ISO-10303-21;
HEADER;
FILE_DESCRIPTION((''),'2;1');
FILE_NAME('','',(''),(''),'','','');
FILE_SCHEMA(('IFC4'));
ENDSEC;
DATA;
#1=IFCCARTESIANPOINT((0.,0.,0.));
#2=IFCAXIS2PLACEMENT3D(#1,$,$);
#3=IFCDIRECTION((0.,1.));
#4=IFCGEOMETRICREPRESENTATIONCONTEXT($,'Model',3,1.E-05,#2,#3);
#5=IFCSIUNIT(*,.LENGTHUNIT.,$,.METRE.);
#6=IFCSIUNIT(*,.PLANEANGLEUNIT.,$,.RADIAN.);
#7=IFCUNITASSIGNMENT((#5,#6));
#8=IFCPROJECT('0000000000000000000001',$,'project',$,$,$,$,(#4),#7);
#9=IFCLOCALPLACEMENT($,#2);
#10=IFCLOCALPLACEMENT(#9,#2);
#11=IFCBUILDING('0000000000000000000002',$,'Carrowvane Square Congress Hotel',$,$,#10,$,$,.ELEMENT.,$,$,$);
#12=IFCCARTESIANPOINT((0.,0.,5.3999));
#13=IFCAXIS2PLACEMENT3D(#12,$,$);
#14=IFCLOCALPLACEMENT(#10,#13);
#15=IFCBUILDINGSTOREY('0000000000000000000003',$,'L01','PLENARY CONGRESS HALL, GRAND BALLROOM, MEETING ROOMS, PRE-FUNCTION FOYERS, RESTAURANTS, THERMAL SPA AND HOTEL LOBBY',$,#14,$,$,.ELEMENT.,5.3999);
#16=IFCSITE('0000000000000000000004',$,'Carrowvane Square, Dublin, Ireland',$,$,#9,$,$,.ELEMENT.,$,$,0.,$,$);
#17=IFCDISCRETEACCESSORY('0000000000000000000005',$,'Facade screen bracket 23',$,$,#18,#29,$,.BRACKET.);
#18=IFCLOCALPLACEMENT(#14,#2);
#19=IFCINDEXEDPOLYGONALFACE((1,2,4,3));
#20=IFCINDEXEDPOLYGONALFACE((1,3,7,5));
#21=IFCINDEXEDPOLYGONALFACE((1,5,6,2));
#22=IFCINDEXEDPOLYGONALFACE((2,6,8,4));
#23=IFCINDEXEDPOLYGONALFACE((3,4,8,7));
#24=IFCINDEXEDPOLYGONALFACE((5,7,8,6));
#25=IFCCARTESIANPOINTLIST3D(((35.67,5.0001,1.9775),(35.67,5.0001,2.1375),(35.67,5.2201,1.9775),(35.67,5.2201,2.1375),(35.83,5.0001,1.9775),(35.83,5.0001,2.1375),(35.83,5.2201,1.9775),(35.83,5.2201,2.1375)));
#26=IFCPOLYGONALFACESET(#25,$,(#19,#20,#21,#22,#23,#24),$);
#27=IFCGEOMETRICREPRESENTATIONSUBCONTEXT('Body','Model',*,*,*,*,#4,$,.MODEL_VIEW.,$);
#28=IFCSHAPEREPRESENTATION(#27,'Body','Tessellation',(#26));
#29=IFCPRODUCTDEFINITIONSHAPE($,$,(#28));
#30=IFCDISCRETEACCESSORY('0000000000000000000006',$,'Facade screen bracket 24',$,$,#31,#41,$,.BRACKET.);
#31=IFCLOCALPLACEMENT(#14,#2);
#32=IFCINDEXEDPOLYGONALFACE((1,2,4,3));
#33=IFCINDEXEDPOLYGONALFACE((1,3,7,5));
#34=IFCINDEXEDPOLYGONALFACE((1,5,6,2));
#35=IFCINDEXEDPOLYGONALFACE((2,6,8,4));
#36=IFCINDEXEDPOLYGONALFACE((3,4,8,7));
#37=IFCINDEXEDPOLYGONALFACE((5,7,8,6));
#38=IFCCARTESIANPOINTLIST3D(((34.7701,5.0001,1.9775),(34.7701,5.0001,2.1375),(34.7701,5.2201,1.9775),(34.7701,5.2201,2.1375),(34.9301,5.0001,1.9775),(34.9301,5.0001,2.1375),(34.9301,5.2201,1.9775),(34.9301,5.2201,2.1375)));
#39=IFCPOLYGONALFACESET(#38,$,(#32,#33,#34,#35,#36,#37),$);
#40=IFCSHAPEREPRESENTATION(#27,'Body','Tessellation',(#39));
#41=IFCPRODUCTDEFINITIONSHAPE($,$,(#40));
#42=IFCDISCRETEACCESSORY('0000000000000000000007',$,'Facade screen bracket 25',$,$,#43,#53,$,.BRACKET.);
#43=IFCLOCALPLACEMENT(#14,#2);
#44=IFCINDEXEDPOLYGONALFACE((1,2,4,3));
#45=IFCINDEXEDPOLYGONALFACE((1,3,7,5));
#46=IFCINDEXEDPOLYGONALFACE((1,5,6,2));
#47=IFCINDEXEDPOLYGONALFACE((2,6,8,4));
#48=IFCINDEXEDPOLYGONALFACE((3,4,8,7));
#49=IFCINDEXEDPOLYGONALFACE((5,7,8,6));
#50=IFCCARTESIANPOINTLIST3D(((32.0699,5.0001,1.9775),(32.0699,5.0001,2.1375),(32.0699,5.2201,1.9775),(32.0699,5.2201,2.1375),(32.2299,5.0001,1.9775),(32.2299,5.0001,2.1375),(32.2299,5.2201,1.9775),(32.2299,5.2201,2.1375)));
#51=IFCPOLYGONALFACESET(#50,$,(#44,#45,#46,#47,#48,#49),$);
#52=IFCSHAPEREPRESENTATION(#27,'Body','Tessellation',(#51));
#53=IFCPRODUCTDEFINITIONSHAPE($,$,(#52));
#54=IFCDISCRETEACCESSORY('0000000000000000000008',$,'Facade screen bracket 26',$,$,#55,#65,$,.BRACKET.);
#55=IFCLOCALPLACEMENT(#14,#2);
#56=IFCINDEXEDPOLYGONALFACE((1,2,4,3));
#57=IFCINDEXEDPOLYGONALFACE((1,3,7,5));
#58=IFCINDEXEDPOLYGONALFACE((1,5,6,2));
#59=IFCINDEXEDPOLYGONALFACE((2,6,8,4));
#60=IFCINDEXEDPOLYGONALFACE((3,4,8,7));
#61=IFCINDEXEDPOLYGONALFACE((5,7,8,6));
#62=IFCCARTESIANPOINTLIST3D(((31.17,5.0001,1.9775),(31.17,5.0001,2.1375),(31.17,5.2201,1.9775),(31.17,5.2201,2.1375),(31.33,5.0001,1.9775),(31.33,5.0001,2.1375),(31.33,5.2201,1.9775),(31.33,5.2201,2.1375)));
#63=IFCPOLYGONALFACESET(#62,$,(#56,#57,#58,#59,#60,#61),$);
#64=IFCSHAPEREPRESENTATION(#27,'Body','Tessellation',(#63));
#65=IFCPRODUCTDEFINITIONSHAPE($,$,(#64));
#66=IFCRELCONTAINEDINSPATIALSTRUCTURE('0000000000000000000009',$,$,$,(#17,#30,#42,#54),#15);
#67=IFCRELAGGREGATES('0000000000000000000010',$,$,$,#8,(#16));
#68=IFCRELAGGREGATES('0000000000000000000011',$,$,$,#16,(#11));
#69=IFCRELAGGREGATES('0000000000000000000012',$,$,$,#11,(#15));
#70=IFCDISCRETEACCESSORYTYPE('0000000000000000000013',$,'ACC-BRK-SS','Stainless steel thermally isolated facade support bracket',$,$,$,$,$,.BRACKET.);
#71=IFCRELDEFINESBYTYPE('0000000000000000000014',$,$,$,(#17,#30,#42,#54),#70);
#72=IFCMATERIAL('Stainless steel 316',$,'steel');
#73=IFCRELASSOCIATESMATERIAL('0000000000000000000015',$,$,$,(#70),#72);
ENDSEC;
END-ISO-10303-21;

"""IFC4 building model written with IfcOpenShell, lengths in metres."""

from ifc_helpers import new_model, si_unit, direction, frame, origin, origin_2d, place, context, subcontext, project, spatial, rectangle, extrude, material, type_object, element, save


model = new_model("IFC4")

# Units and contexts
model_context = context("Model", 3, precision=1e-05, world=origin(), true_north=direction((0.0, 1.0)))
body_context = subcontext(model_context, "Body", "Model", "MODEL_VIEW")
ifc_project = project(units=[si_unit("LENGTHUNIT", "METRE"), si_unit("PLANEANGLEUNIT", "RADIAN")], contexts=[model_context])

# Site, building, storey
site_placement = place(None, origin())
site = spatial("IfcSite", under=ifc_project, at=site_placement, Name="Carrowvane Square, Dublin, Ireland", CompositionType="ELEMENT", RefElevation=0.0)
building_placement = place(site_placement, origin())
building = spatial("IfcBuilding", under=site, at=building_placement, Name="Carrowvane Square Congress Hotel", CompositionType="ELEMENT")
storey_placement = place(building_placement, frame((0.0, 0.0, 5.3999)))
storey = spatial("IfcBuildingStorey", under=building, at=storey_placement, Name="L01", Description="PLENARY CONGRESS HALL, GRAND BALLROOM, MEETING ROOMS, PRE-FUNCTION FOYERS, RESTAURANTS, THERMAL SPA AND HOTEL LOBBY", CompositionType="ELEMENT", Elevation=5.3999)

# Discrete accessories
ifc_material_1 = material(Name="Stainless steel 316", Category="steel")
discrete_accessory_type = type_object("IfcDiscreteAccessoryType", Name="ACC-BRK-SS", Description="Stainless steel thermally isolated facade support bracket", PredefinedType="BRACKET", material=ifc_material_1)
for number, where, z_axis, x_axis, name in (
    (1, (35.75, 5.1101, 1.9775), (0.0, 0.0, 1.0), (-1.0, 0.0, 0.0), "Facade screen bracket 23"),
    (2, (34.8501, 5.1101, 1.9775), (0.0, 0.0, 1.0), (-1.0, 0.0, 0.0), "Facade screen bracket 24"),
    (3, (32.1499, 5.1101, 1.9775), (0.0, 0.0, 1.0), (-1.0, 0.0, 0.0), "Facade screen bracket 25"),
    (4, (31.25, 5.1101, 1.9775), (0.0, 0.0, 1.0), (-1.0, 0.0, 0.0), "Facade screen bracket 26"),
):
    element("IfcDiscreteAccessory", number, at=place(storey_placement, frame(where, z_axis=z_axis, x_axis=x_axis)), inside=storey, type_object=discrete_accessory_type, Name=name, PredefinedType="BRACKET", context=body_context, shape_type="SweptSolid", body=[
        extrude(rectangle(XDim=0.1599, YDim=0.22, at=origin_2d()), origin(), (0.0, 0.0, 1.0), 0.1599),
    ])

save(model, "model.ifc")
